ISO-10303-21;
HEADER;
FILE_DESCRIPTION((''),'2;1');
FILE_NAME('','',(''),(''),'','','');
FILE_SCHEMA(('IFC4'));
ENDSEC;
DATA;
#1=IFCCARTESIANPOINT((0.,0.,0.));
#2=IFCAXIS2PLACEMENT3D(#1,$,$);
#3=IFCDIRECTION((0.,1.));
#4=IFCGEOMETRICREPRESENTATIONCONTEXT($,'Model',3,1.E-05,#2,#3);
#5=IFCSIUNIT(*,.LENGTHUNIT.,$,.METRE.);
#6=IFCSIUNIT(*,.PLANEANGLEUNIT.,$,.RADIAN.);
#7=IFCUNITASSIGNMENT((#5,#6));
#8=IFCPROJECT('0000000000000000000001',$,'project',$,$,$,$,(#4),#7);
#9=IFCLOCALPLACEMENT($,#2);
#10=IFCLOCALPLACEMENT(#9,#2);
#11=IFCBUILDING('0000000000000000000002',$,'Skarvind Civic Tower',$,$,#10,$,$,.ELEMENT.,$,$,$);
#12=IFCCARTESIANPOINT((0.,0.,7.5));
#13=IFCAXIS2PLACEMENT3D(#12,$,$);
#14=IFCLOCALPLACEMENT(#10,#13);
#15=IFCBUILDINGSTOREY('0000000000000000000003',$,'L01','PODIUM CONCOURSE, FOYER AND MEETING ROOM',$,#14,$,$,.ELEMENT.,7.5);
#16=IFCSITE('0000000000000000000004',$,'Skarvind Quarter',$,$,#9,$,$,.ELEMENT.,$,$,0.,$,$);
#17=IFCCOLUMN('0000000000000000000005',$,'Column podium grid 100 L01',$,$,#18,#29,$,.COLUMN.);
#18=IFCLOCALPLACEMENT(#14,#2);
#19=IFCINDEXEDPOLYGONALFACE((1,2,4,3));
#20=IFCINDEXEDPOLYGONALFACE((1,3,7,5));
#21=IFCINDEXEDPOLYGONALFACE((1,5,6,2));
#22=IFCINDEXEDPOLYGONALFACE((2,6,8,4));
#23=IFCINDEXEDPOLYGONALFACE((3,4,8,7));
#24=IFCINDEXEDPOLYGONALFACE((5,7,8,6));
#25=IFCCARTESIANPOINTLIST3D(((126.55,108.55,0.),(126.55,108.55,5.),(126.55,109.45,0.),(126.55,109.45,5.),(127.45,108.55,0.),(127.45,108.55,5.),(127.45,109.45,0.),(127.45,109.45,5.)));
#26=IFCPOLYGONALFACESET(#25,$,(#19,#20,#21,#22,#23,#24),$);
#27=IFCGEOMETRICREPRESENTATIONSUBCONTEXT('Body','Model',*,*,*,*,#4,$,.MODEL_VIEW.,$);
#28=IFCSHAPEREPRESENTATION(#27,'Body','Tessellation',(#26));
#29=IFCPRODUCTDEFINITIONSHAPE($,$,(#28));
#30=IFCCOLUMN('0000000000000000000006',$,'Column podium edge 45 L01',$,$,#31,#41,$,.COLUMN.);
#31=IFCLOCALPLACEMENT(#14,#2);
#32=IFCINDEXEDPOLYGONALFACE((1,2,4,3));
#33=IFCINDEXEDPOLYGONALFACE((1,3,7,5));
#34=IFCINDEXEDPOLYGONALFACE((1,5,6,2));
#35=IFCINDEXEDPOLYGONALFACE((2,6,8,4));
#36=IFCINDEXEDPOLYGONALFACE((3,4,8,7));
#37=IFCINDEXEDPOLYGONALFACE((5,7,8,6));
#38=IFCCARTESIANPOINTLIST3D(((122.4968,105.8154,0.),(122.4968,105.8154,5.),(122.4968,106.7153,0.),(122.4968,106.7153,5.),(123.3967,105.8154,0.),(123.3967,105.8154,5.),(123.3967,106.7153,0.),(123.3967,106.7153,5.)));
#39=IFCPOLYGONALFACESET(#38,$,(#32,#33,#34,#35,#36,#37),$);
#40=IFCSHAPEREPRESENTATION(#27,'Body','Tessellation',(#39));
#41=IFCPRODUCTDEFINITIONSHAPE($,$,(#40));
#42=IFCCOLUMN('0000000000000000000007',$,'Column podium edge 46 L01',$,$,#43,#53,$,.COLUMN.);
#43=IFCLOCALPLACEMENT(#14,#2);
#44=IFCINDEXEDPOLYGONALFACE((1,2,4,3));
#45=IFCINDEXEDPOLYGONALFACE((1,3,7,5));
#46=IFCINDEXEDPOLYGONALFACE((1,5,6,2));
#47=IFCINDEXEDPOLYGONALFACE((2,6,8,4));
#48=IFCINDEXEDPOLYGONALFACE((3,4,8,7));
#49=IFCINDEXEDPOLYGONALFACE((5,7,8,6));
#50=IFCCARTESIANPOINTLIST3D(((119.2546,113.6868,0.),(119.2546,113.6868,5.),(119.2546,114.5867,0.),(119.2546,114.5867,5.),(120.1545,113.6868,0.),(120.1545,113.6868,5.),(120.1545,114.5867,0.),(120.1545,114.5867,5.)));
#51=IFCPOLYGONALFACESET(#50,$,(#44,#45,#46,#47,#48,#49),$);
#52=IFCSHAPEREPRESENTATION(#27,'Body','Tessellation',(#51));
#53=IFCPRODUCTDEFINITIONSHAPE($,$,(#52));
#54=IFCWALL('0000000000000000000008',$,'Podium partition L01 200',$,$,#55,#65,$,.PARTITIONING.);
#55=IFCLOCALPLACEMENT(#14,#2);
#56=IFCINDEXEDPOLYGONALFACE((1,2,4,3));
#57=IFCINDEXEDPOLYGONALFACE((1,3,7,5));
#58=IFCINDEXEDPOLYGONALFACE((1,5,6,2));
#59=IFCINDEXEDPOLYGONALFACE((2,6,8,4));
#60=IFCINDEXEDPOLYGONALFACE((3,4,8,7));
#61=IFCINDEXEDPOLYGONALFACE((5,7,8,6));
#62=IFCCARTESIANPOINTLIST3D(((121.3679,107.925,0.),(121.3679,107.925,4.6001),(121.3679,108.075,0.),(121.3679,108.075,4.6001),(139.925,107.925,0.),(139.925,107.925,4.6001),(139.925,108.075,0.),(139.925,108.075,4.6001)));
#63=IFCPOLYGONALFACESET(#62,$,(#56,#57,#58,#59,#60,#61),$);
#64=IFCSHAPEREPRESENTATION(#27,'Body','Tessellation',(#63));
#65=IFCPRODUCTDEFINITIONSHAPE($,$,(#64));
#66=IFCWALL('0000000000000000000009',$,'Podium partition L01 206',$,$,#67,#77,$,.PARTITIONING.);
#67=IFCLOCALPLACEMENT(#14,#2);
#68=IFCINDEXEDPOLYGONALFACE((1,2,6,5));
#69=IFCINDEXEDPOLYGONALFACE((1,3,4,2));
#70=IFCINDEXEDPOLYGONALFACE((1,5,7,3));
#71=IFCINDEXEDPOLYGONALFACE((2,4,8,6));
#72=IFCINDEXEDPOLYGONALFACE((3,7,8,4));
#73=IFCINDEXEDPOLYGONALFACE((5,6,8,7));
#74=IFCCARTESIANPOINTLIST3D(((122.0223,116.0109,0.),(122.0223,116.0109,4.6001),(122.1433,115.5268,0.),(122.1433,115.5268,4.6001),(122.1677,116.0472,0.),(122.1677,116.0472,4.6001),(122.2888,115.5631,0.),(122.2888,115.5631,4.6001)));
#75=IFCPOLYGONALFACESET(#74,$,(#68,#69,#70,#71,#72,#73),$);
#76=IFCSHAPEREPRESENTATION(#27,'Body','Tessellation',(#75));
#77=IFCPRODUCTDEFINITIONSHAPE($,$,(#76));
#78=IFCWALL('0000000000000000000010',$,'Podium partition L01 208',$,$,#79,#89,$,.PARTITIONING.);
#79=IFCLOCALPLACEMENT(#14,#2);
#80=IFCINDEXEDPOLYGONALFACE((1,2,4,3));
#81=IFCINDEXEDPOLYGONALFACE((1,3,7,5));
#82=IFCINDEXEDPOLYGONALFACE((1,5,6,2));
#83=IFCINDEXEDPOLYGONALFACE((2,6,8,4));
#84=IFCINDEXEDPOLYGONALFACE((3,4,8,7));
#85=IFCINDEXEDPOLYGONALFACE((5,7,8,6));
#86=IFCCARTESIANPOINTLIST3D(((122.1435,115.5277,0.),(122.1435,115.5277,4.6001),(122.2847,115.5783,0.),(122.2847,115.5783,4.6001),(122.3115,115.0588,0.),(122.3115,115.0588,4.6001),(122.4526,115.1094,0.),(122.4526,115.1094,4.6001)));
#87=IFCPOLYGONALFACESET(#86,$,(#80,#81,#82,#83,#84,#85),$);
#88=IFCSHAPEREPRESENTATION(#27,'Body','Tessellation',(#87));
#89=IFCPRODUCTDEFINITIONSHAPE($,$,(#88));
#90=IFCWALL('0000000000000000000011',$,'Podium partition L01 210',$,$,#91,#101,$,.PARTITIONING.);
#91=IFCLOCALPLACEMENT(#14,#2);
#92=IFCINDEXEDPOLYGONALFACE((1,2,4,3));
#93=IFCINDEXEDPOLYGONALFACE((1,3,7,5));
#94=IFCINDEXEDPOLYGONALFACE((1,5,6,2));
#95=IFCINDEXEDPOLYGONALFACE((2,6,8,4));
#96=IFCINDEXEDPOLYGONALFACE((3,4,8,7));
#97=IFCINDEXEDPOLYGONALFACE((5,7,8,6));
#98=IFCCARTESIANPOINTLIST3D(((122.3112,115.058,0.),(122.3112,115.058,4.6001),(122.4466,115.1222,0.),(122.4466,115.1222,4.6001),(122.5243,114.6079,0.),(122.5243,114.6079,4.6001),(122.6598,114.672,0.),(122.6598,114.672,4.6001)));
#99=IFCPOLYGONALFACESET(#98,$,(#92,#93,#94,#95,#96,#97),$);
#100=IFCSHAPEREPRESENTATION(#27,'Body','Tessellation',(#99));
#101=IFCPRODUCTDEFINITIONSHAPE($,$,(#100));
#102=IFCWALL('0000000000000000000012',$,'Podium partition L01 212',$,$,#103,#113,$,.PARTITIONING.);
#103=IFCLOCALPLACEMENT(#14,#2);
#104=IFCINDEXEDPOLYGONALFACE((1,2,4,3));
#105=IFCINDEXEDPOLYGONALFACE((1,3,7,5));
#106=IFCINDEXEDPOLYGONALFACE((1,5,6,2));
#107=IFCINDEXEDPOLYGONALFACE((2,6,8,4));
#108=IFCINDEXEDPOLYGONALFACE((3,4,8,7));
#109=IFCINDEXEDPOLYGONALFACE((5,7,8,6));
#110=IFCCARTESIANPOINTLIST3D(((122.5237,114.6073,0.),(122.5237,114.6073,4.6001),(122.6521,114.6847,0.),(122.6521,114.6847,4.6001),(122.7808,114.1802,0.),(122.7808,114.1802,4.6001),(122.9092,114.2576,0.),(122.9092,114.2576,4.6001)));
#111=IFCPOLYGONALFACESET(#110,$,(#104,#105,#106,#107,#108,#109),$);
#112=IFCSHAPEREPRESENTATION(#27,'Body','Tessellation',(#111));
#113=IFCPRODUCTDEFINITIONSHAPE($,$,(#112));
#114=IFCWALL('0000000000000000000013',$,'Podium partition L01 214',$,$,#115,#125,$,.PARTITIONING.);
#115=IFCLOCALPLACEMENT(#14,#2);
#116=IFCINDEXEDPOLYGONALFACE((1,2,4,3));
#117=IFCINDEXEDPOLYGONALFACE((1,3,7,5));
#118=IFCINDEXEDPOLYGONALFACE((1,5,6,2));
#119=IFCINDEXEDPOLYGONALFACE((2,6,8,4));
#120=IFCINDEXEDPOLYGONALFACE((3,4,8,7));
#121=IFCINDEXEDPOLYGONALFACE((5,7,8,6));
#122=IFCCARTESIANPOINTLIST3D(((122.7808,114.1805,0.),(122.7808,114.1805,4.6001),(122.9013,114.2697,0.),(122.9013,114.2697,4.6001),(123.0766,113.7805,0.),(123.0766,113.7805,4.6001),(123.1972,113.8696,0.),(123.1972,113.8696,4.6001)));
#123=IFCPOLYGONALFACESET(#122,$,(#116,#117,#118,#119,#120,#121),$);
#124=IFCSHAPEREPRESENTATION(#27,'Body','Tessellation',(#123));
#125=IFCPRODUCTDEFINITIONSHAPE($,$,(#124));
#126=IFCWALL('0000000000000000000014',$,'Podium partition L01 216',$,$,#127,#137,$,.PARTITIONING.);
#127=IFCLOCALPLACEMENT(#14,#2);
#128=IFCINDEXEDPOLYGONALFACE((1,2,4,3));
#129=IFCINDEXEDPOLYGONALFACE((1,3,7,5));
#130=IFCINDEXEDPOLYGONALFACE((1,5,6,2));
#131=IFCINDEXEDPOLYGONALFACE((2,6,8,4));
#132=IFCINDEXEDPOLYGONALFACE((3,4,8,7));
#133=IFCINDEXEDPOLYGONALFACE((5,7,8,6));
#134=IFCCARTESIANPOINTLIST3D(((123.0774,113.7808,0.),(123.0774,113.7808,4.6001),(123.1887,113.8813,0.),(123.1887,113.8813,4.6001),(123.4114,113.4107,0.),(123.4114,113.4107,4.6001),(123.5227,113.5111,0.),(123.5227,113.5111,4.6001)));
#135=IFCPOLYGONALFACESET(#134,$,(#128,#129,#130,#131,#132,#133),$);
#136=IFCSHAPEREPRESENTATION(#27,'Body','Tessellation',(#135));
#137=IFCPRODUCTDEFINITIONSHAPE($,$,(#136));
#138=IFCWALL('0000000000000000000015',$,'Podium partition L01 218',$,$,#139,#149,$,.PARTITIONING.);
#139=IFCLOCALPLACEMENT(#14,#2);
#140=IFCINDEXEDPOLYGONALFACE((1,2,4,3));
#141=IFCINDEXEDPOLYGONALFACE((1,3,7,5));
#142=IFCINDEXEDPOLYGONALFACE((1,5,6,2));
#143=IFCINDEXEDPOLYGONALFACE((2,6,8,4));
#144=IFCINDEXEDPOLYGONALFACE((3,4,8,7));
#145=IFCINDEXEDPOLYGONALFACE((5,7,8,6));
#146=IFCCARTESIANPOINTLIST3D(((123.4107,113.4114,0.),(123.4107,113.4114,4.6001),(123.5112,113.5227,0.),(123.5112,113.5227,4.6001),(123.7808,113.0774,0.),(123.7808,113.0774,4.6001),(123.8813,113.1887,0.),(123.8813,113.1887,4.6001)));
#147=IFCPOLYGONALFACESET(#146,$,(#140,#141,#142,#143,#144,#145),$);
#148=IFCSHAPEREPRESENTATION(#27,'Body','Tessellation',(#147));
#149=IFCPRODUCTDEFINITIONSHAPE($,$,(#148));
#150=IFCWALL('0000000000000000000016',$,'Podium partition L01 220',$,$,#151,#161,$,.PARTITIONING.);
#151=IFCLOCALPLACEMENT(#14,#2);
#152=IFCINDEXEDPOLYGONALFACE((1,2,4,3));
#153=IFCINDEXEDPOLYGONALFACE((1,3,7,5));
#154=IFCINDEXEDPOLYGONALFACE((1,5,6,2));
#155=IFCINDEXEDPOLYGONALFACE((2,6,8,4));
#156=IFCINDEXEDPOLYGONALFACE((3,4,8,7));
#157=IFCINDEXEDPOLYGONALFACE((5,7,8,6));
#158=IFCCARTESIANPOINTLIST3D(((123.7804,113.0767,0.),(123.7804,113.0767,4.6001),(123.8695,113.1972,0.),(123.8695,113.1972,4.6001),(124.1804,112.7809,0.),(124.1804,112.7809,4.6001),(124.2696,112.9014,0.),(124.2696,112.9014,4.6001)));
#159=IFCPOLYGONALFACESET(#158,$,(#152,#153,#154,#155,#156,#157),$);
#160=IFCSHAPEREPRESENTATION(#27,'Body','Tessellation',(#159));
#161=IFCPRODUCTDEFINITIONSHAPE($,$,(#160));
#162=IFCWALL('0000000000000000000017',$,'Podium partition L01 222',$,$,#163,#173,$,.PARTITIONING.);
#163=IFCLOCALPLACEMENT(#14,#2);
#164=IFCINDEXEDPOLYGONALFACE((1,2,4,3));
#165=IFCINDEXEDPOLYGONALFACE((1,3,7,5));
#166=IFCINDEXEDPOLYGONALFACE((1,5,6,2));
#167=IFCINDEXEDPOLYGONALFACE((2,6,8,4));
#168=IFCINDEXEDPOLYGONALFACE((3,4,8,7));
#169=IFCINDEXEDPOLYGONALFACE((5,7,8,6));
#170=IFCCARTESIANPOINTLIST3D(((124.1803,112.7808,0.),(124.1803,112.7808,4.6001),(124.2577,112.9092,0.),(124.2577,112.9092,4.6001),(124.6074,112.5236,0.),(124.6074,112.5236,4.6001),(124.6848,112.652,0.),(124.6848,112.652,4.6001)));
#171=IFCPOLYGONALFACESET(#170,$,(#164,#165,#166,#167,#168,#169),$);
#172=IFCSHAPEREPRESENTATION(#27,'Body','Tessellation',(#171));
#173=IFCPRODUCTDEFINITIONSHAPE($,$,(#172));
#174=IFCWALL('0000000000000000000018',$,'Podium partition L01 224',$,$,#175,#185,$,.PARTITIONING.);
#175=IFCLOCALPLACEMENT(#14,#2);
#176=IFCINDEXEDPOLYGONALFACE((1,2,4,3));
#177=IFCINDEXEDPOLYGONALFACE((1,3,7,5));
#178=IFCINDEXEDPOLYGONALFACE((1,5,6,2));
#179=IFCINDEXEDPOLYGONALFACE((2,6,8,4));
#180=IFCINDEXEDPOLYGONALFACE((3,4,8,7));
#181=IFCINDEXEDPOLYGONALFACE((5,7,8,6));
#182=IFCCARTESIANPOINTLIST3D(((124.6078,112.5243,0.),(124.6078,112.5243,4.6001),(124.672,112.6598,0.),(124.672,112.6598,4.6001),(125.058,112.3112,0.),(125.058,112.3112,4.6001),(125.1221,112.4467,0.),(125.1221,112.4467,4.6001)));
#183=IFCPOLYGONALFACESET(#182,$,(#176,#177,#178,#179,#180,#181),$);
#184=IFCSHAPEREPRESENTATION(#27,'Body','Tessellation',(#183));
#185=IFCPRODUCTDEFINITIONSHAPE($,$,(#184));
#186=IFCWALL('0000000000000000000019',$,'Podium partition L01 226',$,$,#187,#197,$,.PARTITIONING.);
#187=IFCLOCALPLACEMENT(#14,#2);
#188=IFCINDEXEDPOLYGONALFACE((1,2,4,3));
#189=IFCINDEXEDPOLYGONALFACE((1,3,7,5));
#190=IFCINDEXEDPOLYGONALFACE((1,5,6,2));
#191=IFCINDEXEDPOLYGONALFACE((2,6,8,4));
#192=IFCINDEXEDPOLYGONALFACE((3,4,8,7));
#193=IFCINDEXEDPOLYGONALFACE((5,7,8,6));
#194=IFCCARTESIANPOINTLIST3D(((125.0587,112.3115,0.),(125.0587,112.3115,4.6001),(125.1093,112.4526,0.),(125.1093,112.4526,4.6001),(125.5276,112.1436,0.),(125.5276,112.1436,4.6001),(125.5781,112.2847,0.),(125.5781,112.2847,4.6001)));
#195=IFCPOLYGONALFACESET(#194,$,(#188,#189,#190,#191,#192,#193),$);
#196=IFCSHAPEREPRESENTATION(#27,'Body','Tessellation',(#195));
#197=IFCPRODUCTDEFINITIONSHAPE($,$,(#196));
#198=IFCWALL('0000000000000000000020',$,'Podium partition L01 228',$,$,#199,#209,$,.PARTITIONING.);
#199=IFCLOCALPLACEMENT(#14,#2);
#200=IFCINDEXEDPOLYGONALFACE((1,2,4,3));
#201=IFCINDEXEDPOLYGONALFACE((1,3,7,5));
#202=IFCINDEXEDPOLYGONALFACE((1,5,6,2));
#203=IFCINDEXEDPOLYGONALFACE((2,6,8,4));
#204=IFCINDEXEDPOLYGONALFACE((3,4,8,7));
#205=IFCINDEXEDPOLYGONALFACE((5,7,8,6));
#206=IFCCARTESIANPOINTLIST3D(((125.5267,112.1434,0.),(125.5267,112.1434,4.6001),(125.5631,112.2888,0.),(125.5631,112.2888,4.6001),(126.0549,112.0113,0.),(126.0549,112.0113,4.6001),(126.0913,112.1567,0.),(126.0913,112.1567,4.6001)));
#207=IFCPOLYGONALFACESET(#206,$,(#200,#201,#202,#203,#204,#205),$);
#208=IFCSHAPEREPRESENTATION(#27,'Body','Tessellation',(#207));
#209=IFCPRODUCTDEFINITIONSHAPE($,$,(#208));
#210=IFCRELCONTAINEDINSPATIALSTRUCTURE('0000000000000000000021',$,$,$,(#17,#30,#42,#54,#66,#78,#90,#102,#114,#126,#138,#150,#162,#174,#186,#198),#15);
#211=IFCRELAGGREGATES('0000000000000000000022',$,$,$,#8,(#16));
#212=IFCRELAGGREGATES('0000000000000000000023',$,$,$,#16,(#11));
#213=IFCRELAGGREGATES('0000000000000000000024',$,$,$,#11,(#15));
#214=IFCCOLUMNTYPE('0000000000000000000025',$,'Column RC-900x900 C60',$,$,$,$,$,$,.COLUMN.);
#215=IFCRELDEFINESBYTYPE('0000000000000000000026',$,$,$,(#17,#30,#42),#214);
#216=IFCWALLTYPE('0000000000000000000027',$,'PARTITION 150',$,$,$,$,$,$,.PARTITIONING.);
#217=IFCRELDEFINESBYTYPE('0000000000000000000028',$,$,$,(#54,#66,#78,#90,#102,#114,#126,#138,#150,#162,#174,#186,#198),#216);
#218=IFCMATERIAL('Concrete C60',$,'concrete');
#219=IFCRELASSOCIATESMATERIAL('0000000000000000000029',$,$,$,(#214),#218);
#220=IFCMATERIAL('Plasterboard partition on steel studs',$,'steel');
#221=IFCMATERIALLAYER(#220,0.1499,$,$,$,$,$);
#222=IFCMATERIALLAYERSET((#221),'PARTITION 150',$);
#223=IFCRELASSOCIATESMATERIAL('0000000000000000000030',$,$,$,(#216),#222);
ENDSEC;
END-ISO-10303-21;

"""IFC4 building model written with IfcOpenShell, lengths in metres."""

from ifc_helpers import new_model, si_unit, direction, frame, frame_2d, origin, origin_2d, place, context, subcontext, project, spatial, rectangle, extrude, material, layer, layer_set, material_profile, profile_set, type_object, element, save


model = new_model("IFC4")

# Units and contexts
model_context = context("Model", 3, precision=1e-05, world=origin(), true_north=direction((0.0, 1.0)))
body_context = subcontext(model_context, "Body", "Model", "MODEL_VIEW")
ifc_project = project(units=[si_unit("LENGTHUNIT", "METRE"), si_unit("PLANEANGLEUNIT", "RADIAN")], contexts=[model_context])

# Site, building, storey
site_placement = place(None, origin())
site = spatial("IfcSite", under=ifc_project, at=site_placement, Name="Skarvind Quarter", CompositionType="ELEMENT", RefElevation=0.0)
building_placement = place(site_placement, origin())
building = spatial("IfcBuilding", under=site, at=building_placement, Name="Skarvind Civic Tower", CompositionType="ELEMENT")
storey_placement = place(building_placement, frame((0.0, 0.0, 7.5)))
storey = spatial("IfcBuildingStorey", under=building, at=storey_placement, Name="L01", Description="PODIUM CONCOURSE, FOYER AND MEETING ROOM", CompositionType="ELEMENT", Elevation=7.5)

# Columns
ifc_material_1 = material(Name="Concrete C60", Category="concrete")
ifc_material_profile = material_profile(ifc_material_1, rectangle(XDim=0.8999, YDim=0.8999, at=origin_2d()), Name="RC-900x900")
ifc_profile_set = profile_set([ifc_material_profile], Name="Concrete C60")
column_type = type_object("IfcColumnType", Name="Column RC-900x900 C60", PredefinedType="COLUMN", material=ifc_profile_set)
for number, where, z_axis, x_axis, name in (
    (1, (127.0, 109.0, 0.0), (0.0, 0.0, 1.0), (1.0, 0.0, 0.0), "Column podium grid 100 L01"),
    (2, (122.9468, 106.2654, 0.0), (0.0, 0.0, 1.0), (1.0, 0.0, 0.0), "Column podium edge 45 L01"),
    (3, (119.7046, 114.1367, 0.0), (0.0, 0.0, 1.0), (1.0, 0.0, 0.0), "Column podium edge 46 L01"),
):
    element("IfcColumn", number, at=place(storey_placement, frame(where, z_axis=z_axis, x_axis=x_axis)), inside=storey, type_object=column_type, Name=name, PredefinedType="COLUMN", context=body_context, shape_type="SweptSolid", body=[
        extrude(rectangle(XDim=0.8999, YDim=0.8999, at=origin_2d()), origin(), (0.0, 0.0, 1.0), 5.0),
    ])

# Walls
ifc_material_2 = material(Name="Plasterboard partition on steel studs", Category="steel")
ifc_layer_1 = layer(ifc_material_2, 0.1499)
ifc_layer_set_1 = layer_set([ifc_layer_1], Name="PARTITION 150")
wall_type_1 = type_object("IfcWallType", Name="PARTITION 150", PredefinedType="PARTITIONING", material=ifc_layer_set_1)
wall_1_placement = place(storey_placement, frame((121.3679, 108.0, 0.0), z_axis=(0.0, 0.0, 1.0), x_axis=(1.0, 0.0, 0.0)))
element("IfcWall", 4, at=wall_1_placement, inside=storey, type_object=wall_type_1, Name="Podium partition L01 200", PredefinedType="PARTITIONING", context=body_context, shape_type="SweptSolid", body=[
    extrude(rectangle(XDim=18.5571, YDim=0.1499, at=frame_2d((9.2786, 0.0))), origin(), (0.0, 0.0, 1.0), 4.6001),
])
wall_2_placement = place(storey_placement, frame((122.095, 116.0291, 0.0), z_axis=(0.0, 0.0, 1.0), x_axis=(0.242651, -0.970114, 0.0)))
element("IfcWall", 5, at=wall_2_placement, inside=storey, type_object=wall_type_1, Name="Podium partition L01 206", PredefinedType="PARTITIONING", context=body_context, shape_type="SweptSolid", body=[
    extrude(rectangle(XDim=0.499, YDim=0.1499, at=frame_2d((0.2495, 0.0))), origin(), (0.0, 0.0, 1.0), 4.6001),
])
for number, where, z_axis, x_axis, name in (
    (6, (122.2141, 115.553, 0.0), (0.0, 0.0, 1.0), (0.337174, -0.941442, 0.0), "Podium partition L01 208"),
    (7, (122.3789, 115.0901, 0.0), (0.0, 0.0, 1.0), (0.427897, -0.903828, 0.0), "Podium partition L01 210"),
):
    element("IfcWall", number, at=place(storey_placement, frame(where, z_axis=z_axis, x_axis=x_axis)), inside=storey, type_object=wall_type_1, Name=name, PredefinedType="PARTITIONING", context=body_context, shape_type="SweptSolid", body=[
        extrude(rectangle(XDim=0.498, YDim=0.1499, at=frame_2d((0.249, 0.0))), origin(), (0.0, 0.0, 1.0), 4.6001),
    ])
wall_3_placement = place(storey_placement, frame((122.5879, 114.646, 0.0), z_axis=(0.0, 0.0, 1.0), x_axis=(0.515792, -0.856714, 0.0)))
element("IfcWall", 8, at=wall_3_placement, inside=storey, type_object=wall_type_1, Name="Podium partition L01 212", PredefinedType="PARTITIONING", context=body_context, shape_type="SweptSolid", body=[
    extrude(rectangle(XDim=0.4985, YDim=0.1499, at=frame_2d((0.2493, 0.0))), origin(), (0.0, 0.0, 1.0), 4.6001),
])
wall_4_placement = place(storey_placement, frame((122.8411, 114.2251, 0.0), z_axis=(0.0, 0.0, 1.0), x_axis=(0.59457, -0.804044, 0.0)))
element("IfcWall", 9, at=wall_4_placement, inside=storey, type_object=wall_type_1, Name="Podium partition L01 214", PredefinedType="PARTITIONING", context=body_context, shape_type="SweptSolid", body=[
    extrude(rectangle(XDim=0.4976, YDim=0.1499, at=frame_2d((0.2488, 0.0))), origin(), (0.0, 0.0, 1.0), 4.6001),
])
for number, where, z_axis, x_axis, name in (
    (10, (123.1331, 113.8311, 0.0), (0.0, 0.0, 1.0), (0.669938, -0.742417, 0.0), "Podium partition L01 216"),
    (11, (123.4609, 113.467, 0.0), (0.0, 0.0, 1.0), (0.742417, -0.669938, 0.0), "Podium partition L01 218"),
):
    element("IfcWall", number, at=place(storey_placement, frame(where, z_axis=z_axis, x_axis=x_axis)), inside=storey, type_object=wall_type_1, Name=name, PredefinedType="PARTITIONING", context=body_context, shape_type="SweptSolid", body=[
        extrude(rectangle(XDim=0.4985, YDim=0.1499, at=frame_2d((0.2493, 0.0))), origin(), (0.0, 0.0, 1.0), 4.6001),
    ])
wall_5_placement = place(storey_placement, frame((123.825, 113.137, 0.0), z_axis=(0.0, 0.0, 1.0), x_axis=(0.804044, -0.59457, 0.0)))
element("IfcWall", 12, at=wall_5_placement, inside=storey, type_object=wall_type_1, Name="Podium partition L01 220", PredefinedType="PARTITIONING", context=body_context, shape_type="SweptSolid", body=[
    extrude(rectangle(XDim=0.4976, YDim=0.1499, at=frame_2d((0.2488, 0.0))), origin(), (0.0, 0.0, 1.0), 4.6001),
])
wall_6_placement = place(storey_placement, frame((124.219, 112.845, 0.0), z_axis=(0.0, 0.0, 1.0), x_axis=(0.856714, -0.515792, 0.0)))
element("IfcWall", 13, at=wall_6_placement, inside=storey, type_object=wall_type_1, Name="Podium partition L01 222", PredefinedType="PARTITIONING", context=body_context, shape_type="SweptSolid", body=[
    extrude(rectangle(XDim=0.4985, YDim=0.1499, at=frame_2d((0.2493, 0.0))), origin(), (0.0, 0.0, 1.0), 4.6001),
])
for number, where, z_axis, x_axis, name in (
    (14, (124.6399, 112.592, 0.0), (0.0, 0.0, 1.0), (0.903828, -0.427897, 0.0), "Podium partition L01 224"),
    (15, (125.084, 112.3821, 0.0), (0.0, 0.0, 1.0), (0.941442, -0.337174, 0.0), "Podium partition L01 226"),
):
    element("IfcWall", number, at=place(storey_placement, frame(where, z_axis=z_axis, x_axis=x_axis)), inside=storey, type_object=wall_type_1, Name=name, PredefinedType="PARTITIONING", context=body_context, shape_type="SweptSolid", body=[
        extrude(rectangle(XDim=0.498, YDim=0.1499, at=frame_2d((0.249, 0.0))), origin(), (0.0, 0.0, 1.0), 4.6001),
    ])
wall_7_placement = place(storey_placement, frame((125.5449, 112.2161, 0.0), z_axis=(0.0, 0.0, 1.0), x_axis=(0.970116, -0.242641, 0.0)))
element("IfcWall", 16, at=wall_7_placement, inside=storey, type_object=wall_type_1, Name="Podium partition L01 228", PredefinedType="PARTITIONING", context=body_context, shape_type="SweptSolid", body=[
    extrude(rectangle(XDim=0.5444, YDim=0.1499, at=frame_2d((0.2722, 0.0))), origin(), (0.0, 0.0, 1.0), 4.6001),
])

save(model, "model.ifc")
